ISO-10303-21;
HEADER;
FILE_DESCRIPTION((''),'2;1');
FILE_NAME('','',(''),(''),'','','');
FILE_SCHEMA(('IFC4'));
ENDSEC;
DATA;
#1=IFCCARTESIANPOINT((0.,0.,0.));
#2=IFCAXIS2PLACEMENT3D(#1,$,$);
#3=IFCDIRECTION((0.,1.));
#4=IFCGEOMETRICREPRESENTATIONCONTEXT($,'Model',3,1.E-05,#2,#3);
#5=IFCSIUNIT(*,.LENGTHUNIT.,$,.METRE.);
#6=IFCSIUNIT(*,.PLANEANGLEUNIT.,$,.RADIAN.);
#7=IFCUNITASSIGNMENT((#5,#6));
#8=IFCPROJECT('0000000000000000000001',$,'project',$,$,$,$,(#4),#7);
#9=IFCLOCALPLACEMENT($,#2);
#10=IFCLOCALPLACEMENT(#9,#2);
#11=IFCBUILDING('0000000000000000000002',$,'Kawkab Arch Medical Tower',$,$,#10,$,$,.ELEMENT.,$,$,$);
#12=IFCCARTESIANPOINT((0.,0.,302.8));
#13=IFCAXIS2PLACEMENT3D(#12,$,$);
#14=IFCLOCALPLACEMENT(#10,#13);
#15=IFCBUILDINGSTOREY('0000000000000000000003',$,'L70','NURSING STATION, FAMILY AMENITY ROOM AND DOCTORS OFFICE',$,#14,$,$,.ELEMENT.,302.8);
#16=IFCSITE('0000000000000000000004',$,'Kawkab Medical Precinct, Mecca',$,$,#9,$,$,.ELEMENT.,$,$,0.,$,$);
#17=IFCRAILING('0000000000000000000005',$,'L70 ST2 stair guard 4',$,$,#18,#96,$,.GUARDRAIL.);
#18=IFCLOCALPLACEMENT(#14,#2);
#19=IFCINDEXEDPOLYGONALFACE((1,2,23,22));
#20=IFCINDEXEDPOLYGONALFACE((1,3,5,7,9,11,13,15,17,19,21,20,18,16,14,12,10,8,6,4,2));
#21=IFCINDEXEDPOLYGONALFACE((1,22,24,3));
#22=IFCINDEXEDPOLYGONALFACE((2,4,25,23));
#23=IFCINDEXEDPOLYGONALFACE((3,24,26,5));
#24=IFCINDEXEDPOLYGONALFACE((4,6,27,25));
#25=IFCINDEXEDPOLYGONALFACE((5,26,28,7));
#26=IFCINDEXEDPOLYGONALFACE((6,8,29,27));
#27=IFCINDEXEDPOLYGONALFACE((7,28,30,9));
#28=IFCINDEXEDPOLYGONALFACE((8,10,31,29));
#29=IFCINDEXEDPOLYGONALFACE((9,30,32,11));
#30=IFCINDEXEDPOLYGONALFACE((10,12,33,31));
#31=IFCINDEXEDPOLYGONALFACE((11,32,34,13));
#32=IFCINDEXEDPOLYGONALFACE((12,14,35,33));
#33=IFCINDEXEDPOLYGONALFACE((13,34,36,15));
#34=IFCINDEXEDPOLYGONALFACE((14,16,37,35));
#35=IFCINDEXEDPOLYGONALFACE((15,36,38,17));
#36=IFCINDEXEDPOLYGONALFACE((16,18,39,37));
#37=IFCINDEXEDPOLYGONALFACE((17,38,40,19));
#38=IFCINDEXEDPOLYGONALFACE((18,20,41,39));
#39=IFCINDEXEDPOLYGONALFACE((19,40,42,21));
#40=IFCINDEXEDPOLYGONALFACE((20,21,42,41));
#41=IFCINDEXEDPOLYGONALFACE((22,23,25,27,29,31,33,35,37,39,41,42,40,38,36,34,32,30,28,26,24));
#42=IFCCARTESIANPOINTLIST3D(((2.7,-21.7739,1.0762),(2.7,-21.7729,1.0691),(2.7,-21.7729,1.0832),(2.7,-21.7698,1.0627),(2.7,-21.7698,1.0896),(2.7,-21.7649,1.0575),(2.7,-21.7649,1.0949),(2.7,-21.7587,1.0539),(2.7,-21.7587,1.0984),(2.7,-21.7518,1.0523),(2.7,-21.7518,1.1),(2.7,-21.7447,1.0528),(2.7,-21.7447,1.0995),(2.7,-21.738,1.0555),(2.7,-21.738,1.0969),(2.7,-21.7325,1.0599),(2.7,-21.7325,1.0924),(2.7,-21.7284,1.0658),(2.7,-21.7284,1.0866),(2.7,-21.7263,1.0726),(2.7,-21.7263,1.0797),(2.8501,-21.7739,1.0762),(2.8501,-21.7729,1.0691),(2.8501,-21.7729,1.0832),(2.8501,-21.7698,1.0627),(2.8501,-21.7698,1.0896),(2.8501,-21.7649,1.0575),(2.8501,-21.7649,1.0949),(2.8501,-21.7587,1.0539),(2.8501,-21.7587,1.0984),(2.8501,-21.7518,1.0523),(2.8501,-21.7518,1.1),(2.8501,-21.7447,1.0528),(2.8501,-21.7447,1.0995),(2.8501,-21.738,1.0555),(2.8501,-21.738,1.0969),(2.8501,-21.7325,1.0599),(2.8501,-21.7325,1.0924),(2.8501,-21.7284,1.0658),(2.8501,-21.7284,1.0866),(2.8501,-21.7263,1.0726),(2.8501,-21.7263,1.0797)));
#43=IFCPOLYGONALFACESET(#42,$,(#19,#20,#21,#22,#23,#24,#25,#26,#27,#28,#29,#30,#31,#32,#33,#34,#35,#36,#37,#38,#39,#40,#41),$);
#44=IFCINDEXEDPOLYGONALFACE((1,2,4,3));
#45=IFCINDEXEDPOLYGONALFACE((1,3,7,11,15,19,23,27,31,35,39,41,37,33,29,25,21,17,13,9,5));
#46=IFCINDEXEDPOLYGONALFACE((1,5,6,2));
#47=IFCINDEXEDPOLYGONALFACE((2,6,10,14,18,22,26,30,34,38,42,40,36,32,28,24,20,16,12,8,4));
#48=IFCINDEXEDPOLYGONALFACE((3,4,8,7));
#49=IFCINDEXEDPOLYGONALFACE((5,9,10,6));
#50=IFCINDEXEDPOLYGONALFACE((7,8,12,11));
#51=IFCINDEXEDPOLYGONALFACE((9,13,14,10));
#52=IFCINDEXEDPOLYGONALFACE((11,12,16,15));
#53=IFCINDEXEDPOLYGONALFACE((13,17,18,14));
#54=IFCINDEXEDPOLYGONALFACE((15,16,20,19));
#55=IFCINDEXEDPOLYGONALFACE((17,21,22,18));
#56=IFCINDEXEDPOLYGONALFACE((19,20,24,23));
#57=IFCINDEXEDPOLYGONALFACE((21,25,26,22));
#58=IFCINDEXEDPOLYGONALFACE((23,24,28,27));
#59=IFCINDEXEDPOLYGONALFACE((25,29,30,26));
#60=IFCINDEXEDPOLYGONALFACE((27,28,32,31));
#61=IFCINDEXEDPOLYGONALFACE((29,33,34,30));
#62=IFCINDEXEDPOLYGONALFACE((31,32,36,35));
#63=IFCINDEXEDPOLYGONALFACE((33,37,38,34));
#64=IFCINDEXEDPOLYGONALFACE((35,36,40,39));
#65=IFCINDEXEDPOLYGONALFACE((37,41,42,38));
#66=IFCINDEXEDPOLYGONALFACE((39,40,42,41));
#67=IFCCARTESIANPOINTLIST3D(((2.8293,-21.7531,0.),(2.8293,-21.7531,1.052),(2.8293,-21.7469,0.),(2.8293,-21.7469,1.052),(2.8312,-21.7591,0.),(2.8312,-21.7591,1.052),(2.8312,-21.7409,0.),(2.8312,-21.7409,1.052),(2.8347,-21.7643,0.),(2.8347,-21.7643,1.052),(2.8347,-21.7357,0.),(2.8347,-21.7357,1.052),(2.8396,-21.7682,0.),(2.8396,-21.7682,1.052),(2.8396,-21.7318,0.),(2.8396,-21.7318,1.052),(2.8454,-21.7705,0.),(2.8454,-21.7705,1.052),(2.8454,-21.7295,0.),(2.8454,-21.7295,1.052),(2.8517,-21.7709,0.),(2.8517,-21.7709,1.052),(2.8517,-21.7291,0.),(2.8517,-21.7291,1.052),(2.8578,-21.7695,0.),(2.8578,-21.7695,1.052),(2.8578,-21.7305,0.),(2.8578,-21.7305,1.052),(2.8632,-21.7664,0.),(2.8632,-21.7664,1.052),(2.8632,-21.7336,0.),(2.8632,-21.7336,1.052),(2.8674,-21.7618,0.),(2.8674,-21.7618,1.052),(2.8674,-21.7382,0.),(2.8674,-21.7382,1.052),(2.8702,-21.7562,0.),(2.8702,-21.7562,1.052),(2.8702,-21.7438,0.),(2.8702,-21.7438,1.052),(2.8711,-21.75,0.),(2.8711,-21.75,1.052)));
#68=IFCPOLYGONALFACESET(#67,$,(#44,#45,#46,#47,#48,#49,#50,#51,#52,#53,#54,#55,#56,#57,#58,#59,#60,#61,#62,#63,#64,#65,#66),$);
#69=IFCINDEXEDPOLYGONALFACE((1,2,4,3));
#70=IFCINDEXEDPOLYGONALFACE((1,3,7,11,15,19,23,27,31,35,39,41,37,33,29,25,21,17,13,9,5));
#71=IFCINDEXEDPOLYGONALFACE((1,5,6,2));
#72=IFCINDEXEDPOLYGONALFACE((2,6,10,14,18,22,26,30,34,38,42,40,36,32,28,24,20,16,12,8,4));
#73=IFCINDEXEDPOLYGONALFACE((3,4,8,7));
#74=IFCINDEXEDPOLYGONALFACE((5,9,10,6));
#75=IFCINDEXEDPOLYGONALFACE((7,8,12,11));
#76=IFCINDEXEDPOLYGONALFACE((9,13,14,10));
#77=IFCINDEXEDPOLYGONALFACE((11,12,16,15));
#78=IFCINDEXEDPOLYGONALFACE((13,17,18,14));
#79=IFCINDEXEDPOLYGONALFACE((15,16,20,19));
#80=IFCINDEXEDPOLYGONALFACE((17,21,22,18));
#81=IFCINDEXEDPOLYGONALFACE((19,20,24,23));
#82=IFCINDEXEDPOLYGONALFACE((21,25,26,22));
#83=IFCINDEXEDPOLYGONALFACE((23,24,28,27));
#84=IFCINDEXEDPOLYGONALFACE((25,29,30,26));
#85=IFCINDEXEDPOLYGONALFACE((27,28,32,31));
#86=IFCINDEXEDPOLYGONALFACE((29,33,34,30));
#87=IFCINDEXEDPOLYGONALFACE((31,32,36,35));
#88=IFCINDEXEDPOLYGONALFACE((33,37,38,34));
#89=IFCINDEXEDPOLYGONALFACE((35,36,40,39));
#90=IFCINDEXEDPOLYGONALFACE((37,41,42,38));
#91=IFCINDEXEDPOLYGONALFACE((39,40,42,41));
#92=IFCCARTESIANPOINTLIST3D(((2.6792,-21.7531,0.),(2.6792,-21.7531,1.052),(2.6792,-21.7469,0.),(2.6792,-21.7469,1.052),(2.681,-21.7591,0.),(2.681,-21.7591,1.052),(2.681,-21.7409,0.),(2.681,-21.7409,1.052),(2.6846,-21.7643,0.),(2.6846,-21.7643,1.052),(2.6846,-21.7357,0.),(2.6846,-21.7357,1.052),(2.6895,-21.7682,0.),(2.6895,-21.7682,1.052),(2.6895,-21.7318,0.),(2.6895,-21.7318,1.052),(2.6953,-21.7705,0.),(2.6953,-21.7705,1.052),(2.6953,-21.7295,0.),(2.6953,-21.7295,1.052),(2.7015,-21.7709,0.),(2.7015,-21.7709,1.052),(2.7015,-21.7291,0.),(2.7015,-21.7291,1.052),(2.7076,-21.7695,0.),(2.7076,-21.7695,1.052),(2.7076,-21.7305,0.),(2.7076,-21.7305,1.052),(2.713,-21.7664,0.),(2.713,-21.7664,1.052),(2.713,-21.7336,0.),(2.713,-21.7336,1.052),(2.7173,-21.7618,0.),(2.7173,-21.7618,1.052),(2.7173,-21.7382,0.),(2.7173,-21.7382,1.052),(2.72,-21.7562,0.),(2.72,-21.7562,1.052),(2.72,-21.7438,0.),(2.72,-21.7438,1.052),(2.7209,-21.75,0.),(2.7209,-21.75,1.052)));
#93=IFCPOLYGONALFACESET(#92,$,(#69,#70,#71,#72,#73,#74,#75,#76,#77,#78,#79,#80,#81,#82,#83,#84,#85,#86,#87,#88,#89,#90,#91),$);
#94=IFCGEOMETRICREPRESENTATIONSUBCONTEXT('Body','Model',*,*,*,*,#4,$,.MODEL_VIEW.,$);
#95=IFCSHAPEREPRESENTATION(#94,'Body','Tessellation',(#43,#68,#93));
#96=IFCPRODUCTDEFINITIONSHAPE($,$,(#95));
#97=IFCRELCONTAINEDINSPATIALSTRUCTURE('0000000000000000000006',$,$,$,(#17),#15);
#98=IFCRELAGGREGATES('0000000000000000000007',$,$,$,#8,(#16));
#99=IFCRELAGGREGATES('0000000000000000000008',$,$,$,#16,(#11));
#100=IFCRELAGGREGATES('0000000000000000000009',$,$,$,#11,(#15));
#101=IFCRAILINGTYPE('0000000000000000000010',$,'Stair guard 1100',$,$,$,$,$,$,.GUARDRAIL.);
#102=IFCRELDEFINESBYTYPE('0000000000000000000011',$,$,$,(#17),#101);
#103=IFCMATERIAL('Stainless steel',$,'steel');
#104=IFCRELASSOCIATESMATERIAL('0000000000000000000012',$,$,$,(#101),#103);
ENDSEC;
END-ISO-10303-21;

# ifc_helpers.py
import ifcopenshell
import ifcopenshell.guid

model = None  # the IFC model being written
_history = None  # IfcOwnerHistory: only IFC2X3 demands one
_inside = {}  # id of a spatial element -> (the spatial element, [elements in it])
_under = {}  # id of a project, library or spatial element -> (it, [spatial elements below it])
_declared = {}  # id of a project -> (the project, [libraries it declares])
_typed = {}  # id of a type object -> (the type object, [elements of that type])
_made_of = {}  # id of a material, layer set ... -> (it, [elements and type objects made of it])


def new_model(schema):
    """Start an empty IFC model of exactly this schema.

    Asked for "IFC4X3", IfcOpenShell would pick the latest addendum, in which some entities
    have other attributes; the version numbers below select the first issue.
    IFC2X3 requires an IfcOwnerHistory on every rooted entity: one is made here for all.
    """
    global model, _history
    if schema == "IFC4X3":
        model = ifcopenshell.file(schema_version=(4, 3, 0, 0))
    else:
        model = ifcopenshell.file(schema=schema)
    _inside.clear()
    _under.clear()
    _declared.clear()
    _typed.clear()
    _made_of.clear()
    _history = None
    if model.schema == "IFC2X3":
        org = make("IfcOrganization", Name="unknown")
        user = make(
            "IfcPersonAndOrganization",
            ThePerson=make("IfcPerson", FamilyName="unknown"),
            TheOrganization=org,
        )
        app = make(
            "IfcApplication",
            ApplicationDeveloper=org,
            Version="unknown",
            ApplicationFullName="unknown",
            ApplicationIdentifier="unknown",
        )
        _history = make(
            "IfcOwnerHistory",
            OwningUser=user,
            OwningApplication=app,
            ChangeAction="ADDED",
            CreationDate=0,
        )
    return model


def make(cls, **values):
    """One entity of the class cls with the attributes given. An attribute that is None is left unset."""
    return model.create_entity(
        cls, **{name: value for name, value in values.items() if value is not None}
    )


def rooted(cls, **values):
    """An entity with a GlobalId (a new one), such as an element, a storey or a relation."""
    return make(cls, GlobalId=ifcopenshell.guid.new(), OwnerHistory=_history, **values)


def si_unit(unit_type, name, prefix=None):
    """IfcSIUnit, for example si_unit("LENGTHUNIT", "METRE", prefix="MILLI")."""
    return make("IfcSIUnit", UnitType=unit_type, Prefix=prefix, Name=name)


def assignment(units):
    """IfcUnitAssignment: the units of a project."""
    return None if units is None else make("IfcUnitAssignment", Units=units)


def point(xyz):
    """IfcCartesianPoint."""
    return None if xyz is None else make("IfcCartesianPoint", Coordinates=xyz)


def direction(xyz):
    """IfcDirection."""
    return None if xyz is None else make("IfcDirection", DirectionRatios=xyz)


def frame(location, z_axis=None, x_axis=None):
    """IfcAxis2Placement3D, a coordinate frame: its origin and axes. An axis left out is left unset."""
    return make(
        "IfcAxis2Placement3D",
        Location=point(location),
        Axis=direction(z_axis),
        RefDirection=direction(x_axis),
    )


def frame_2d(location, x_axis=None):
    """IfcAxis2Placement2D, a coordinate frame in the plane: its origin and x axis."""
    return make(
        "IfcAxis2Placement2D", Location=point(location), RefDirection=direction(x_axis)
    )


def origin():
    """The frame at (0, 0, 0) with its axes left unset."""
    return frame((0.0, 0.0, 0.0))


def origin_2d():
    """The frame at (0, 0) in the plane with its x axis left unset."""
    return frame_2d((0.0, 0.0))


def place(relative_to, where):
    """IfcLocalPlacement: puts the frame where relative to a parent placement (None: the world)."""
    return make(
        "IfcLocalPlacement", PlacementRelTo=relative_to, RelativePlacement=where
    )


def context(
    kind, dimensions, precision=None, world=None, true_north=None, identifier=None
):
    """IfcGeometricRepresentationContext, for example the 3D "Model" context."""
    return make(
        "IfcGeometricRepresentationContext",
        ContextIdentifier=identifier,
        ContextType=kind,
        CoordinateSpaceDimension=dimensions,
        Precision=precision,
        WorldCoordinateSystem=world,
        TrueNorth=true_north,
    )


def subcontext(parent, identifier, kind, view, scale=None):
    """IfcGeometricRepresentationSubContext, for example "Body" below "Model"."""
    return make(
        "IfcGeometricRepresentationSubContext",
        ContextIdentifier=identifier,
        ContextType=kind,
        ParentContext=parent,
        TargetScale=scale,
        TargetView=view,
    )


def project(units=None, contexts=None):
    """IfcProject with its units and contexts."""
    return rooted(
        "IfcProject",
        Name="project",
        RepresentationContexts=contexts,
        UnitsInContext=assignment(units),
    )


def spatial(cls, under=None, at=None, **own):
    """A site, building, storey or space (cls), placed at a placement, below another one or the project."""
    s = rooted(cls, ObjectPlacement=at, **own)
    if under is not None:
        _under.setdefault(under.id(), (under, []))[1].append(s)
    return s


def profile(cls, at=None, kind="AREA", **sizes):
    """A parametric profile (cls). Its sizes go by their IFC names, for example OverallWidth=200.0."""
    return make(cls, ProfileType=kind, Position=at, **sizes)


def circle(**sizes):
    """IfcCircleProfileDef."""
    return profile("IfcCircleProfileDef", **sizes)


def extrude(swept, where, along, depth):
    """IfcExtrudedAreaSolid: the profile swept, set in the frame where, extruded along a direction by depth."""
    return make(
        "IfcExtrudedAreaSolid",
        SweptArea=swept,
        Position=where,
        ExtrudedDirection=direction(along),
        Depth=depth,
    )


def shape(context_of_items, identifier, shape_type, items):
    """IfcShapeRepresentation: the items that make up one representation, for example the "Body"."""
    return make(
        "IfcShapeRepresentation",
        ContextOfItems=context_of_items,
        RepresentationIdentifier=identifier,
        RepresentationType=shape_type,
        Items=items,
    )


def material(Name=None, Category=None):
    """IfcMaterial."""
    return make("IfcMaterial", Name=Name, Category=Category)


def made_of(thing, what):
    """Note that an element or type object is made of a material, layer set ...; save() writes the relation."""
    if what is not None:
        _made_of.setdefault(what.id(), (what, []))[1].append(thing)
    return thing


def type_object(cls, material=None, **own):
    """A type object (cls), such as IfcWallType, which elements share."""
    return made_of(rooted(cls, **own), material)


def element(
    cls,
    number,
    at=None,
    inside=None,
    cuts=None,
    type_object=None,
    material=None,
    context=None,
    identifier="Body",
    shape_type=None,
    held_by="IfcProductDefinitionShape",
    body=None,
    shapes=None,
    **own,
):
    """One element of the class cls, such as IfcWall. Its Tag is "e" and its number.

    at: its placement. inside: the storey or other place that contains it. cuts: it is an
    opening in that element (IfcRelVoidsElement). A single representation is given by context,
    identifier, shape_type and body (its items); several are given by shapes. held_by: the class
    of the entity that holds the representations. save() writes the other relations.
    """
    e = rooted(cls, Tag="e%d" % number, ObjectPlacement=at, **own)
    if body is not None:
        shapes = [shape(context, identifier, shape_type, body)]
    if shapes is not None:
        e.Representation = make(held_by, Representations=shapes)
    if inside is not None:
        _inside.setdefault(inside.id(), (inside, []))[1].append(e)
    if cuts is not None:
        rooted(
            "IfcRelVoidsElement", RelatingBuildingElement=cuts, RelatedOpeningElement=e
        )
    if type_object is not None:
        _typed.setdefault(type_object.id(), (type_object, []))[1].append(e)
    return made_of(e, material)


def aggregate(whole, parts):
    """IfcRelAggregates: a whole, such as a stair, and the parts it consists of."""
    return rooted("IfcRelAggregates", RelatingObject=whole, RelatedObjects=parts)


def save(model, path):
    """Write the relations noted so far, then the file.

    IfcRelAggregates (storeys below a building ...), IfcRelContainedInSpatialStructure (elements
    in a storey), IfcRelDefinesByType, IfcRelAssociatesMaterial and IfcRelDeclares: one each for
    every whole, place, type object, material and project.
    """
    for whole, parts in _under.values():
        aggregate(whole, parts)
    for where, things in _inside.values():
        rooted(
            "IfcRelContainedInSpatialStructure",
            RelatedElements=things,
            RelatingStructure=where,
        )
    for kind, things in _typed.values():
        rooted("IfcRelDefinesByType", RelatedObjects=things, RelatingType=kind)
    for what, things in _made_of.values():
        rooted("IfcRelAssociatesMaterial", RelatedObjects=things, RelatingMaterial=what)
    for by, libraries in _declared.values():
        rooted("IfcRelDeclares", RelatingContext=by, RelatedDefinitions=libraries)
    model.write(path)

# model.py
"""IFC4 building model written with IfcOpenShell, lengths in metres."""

from ifc_helpers import new_model, si_unit, direction, frame, origin, origin_2d, place, context, subcontext, project, spatial, circle, extrude, material, type_object, element, save


model = new_model("IFC4")

# Units and contexts
model_context = context("Model", 3, precision=1e-05, world=origin(), true_north=direction((0.0, 1.0)))
body_context = subcontext(model_context, "Body", "Model", "MODEL_VIEW")
ifc_project = project(units=[si_unit("LENGTHUNIT", "METRE"), si_unit("PLANEANGLEUNIT", "RADIAN")], contexts=[model_context])

# Site, building, storey
site_placement = place(None, origin())
site = spatial("IfcSite", under=ifc_project, at=site_placement, Name="Kawkab Medical Precinct, Mecca", CompositionType="ELEMENT", RefElevation=0.0)
building_placement = place(site_placement, origin())
building = spatial("IfcBuilding", under=site, at=building_placement, Name="Kawkab Arch Medical Tower", CompositionType="ELEMENT")
storey_placement = place(building_placement, frame((0.0, 0.0, 302.8)))
storey = spatial("IfcBuildingStorey", under=building, at=storey_placement, Name="L70", Description="NURSING STATION, FAMILY AMENITY ROOM AND DOCTORS OFFICE", CompositionType="ELEMENT", Elevation=302.8)

# Railing
ifc_material_1 = material(Name="Stainless steel", Category="steel")
railing_type = type_object("IfcRailingType", Name="Stair guard 1100", PredefinedType="GUARDRAIL", material=ifc_material_1)
railing_1_placement = place(storey_placement, frame((2.8501, -21.75, 0.0)))
element("IfcRailing", 1, at=railing_1_placement, inside=storey, type_object=railing_type, Name="L70 ST2 stair guard 4", PredefinedType="GUARDRAIL", context=body_context, shape_type="SweptSolid", body=[
    extrude(circle(Radius=0.0239, at=origin_2d()), frame((0.0, 0.0, 1.0762), z_axis=(-1.0, 0.0, 0.0), x_axis=(0.0, -1.0, 0.0)), (0.0, 0.0, 1.0), 0.1501),
    extrude(circle(Radius=0.021, at=origin_2d()), origin(), (0.0, 0.0, 1.0), 1.052),
    extrude(circle(Radius=0.021, at=origin_2d()), frame((-0.1501, 0.0, 0.0)), (0.0, 0.0, 1.0), 1.052),
])

save(model, "model.ifc")
